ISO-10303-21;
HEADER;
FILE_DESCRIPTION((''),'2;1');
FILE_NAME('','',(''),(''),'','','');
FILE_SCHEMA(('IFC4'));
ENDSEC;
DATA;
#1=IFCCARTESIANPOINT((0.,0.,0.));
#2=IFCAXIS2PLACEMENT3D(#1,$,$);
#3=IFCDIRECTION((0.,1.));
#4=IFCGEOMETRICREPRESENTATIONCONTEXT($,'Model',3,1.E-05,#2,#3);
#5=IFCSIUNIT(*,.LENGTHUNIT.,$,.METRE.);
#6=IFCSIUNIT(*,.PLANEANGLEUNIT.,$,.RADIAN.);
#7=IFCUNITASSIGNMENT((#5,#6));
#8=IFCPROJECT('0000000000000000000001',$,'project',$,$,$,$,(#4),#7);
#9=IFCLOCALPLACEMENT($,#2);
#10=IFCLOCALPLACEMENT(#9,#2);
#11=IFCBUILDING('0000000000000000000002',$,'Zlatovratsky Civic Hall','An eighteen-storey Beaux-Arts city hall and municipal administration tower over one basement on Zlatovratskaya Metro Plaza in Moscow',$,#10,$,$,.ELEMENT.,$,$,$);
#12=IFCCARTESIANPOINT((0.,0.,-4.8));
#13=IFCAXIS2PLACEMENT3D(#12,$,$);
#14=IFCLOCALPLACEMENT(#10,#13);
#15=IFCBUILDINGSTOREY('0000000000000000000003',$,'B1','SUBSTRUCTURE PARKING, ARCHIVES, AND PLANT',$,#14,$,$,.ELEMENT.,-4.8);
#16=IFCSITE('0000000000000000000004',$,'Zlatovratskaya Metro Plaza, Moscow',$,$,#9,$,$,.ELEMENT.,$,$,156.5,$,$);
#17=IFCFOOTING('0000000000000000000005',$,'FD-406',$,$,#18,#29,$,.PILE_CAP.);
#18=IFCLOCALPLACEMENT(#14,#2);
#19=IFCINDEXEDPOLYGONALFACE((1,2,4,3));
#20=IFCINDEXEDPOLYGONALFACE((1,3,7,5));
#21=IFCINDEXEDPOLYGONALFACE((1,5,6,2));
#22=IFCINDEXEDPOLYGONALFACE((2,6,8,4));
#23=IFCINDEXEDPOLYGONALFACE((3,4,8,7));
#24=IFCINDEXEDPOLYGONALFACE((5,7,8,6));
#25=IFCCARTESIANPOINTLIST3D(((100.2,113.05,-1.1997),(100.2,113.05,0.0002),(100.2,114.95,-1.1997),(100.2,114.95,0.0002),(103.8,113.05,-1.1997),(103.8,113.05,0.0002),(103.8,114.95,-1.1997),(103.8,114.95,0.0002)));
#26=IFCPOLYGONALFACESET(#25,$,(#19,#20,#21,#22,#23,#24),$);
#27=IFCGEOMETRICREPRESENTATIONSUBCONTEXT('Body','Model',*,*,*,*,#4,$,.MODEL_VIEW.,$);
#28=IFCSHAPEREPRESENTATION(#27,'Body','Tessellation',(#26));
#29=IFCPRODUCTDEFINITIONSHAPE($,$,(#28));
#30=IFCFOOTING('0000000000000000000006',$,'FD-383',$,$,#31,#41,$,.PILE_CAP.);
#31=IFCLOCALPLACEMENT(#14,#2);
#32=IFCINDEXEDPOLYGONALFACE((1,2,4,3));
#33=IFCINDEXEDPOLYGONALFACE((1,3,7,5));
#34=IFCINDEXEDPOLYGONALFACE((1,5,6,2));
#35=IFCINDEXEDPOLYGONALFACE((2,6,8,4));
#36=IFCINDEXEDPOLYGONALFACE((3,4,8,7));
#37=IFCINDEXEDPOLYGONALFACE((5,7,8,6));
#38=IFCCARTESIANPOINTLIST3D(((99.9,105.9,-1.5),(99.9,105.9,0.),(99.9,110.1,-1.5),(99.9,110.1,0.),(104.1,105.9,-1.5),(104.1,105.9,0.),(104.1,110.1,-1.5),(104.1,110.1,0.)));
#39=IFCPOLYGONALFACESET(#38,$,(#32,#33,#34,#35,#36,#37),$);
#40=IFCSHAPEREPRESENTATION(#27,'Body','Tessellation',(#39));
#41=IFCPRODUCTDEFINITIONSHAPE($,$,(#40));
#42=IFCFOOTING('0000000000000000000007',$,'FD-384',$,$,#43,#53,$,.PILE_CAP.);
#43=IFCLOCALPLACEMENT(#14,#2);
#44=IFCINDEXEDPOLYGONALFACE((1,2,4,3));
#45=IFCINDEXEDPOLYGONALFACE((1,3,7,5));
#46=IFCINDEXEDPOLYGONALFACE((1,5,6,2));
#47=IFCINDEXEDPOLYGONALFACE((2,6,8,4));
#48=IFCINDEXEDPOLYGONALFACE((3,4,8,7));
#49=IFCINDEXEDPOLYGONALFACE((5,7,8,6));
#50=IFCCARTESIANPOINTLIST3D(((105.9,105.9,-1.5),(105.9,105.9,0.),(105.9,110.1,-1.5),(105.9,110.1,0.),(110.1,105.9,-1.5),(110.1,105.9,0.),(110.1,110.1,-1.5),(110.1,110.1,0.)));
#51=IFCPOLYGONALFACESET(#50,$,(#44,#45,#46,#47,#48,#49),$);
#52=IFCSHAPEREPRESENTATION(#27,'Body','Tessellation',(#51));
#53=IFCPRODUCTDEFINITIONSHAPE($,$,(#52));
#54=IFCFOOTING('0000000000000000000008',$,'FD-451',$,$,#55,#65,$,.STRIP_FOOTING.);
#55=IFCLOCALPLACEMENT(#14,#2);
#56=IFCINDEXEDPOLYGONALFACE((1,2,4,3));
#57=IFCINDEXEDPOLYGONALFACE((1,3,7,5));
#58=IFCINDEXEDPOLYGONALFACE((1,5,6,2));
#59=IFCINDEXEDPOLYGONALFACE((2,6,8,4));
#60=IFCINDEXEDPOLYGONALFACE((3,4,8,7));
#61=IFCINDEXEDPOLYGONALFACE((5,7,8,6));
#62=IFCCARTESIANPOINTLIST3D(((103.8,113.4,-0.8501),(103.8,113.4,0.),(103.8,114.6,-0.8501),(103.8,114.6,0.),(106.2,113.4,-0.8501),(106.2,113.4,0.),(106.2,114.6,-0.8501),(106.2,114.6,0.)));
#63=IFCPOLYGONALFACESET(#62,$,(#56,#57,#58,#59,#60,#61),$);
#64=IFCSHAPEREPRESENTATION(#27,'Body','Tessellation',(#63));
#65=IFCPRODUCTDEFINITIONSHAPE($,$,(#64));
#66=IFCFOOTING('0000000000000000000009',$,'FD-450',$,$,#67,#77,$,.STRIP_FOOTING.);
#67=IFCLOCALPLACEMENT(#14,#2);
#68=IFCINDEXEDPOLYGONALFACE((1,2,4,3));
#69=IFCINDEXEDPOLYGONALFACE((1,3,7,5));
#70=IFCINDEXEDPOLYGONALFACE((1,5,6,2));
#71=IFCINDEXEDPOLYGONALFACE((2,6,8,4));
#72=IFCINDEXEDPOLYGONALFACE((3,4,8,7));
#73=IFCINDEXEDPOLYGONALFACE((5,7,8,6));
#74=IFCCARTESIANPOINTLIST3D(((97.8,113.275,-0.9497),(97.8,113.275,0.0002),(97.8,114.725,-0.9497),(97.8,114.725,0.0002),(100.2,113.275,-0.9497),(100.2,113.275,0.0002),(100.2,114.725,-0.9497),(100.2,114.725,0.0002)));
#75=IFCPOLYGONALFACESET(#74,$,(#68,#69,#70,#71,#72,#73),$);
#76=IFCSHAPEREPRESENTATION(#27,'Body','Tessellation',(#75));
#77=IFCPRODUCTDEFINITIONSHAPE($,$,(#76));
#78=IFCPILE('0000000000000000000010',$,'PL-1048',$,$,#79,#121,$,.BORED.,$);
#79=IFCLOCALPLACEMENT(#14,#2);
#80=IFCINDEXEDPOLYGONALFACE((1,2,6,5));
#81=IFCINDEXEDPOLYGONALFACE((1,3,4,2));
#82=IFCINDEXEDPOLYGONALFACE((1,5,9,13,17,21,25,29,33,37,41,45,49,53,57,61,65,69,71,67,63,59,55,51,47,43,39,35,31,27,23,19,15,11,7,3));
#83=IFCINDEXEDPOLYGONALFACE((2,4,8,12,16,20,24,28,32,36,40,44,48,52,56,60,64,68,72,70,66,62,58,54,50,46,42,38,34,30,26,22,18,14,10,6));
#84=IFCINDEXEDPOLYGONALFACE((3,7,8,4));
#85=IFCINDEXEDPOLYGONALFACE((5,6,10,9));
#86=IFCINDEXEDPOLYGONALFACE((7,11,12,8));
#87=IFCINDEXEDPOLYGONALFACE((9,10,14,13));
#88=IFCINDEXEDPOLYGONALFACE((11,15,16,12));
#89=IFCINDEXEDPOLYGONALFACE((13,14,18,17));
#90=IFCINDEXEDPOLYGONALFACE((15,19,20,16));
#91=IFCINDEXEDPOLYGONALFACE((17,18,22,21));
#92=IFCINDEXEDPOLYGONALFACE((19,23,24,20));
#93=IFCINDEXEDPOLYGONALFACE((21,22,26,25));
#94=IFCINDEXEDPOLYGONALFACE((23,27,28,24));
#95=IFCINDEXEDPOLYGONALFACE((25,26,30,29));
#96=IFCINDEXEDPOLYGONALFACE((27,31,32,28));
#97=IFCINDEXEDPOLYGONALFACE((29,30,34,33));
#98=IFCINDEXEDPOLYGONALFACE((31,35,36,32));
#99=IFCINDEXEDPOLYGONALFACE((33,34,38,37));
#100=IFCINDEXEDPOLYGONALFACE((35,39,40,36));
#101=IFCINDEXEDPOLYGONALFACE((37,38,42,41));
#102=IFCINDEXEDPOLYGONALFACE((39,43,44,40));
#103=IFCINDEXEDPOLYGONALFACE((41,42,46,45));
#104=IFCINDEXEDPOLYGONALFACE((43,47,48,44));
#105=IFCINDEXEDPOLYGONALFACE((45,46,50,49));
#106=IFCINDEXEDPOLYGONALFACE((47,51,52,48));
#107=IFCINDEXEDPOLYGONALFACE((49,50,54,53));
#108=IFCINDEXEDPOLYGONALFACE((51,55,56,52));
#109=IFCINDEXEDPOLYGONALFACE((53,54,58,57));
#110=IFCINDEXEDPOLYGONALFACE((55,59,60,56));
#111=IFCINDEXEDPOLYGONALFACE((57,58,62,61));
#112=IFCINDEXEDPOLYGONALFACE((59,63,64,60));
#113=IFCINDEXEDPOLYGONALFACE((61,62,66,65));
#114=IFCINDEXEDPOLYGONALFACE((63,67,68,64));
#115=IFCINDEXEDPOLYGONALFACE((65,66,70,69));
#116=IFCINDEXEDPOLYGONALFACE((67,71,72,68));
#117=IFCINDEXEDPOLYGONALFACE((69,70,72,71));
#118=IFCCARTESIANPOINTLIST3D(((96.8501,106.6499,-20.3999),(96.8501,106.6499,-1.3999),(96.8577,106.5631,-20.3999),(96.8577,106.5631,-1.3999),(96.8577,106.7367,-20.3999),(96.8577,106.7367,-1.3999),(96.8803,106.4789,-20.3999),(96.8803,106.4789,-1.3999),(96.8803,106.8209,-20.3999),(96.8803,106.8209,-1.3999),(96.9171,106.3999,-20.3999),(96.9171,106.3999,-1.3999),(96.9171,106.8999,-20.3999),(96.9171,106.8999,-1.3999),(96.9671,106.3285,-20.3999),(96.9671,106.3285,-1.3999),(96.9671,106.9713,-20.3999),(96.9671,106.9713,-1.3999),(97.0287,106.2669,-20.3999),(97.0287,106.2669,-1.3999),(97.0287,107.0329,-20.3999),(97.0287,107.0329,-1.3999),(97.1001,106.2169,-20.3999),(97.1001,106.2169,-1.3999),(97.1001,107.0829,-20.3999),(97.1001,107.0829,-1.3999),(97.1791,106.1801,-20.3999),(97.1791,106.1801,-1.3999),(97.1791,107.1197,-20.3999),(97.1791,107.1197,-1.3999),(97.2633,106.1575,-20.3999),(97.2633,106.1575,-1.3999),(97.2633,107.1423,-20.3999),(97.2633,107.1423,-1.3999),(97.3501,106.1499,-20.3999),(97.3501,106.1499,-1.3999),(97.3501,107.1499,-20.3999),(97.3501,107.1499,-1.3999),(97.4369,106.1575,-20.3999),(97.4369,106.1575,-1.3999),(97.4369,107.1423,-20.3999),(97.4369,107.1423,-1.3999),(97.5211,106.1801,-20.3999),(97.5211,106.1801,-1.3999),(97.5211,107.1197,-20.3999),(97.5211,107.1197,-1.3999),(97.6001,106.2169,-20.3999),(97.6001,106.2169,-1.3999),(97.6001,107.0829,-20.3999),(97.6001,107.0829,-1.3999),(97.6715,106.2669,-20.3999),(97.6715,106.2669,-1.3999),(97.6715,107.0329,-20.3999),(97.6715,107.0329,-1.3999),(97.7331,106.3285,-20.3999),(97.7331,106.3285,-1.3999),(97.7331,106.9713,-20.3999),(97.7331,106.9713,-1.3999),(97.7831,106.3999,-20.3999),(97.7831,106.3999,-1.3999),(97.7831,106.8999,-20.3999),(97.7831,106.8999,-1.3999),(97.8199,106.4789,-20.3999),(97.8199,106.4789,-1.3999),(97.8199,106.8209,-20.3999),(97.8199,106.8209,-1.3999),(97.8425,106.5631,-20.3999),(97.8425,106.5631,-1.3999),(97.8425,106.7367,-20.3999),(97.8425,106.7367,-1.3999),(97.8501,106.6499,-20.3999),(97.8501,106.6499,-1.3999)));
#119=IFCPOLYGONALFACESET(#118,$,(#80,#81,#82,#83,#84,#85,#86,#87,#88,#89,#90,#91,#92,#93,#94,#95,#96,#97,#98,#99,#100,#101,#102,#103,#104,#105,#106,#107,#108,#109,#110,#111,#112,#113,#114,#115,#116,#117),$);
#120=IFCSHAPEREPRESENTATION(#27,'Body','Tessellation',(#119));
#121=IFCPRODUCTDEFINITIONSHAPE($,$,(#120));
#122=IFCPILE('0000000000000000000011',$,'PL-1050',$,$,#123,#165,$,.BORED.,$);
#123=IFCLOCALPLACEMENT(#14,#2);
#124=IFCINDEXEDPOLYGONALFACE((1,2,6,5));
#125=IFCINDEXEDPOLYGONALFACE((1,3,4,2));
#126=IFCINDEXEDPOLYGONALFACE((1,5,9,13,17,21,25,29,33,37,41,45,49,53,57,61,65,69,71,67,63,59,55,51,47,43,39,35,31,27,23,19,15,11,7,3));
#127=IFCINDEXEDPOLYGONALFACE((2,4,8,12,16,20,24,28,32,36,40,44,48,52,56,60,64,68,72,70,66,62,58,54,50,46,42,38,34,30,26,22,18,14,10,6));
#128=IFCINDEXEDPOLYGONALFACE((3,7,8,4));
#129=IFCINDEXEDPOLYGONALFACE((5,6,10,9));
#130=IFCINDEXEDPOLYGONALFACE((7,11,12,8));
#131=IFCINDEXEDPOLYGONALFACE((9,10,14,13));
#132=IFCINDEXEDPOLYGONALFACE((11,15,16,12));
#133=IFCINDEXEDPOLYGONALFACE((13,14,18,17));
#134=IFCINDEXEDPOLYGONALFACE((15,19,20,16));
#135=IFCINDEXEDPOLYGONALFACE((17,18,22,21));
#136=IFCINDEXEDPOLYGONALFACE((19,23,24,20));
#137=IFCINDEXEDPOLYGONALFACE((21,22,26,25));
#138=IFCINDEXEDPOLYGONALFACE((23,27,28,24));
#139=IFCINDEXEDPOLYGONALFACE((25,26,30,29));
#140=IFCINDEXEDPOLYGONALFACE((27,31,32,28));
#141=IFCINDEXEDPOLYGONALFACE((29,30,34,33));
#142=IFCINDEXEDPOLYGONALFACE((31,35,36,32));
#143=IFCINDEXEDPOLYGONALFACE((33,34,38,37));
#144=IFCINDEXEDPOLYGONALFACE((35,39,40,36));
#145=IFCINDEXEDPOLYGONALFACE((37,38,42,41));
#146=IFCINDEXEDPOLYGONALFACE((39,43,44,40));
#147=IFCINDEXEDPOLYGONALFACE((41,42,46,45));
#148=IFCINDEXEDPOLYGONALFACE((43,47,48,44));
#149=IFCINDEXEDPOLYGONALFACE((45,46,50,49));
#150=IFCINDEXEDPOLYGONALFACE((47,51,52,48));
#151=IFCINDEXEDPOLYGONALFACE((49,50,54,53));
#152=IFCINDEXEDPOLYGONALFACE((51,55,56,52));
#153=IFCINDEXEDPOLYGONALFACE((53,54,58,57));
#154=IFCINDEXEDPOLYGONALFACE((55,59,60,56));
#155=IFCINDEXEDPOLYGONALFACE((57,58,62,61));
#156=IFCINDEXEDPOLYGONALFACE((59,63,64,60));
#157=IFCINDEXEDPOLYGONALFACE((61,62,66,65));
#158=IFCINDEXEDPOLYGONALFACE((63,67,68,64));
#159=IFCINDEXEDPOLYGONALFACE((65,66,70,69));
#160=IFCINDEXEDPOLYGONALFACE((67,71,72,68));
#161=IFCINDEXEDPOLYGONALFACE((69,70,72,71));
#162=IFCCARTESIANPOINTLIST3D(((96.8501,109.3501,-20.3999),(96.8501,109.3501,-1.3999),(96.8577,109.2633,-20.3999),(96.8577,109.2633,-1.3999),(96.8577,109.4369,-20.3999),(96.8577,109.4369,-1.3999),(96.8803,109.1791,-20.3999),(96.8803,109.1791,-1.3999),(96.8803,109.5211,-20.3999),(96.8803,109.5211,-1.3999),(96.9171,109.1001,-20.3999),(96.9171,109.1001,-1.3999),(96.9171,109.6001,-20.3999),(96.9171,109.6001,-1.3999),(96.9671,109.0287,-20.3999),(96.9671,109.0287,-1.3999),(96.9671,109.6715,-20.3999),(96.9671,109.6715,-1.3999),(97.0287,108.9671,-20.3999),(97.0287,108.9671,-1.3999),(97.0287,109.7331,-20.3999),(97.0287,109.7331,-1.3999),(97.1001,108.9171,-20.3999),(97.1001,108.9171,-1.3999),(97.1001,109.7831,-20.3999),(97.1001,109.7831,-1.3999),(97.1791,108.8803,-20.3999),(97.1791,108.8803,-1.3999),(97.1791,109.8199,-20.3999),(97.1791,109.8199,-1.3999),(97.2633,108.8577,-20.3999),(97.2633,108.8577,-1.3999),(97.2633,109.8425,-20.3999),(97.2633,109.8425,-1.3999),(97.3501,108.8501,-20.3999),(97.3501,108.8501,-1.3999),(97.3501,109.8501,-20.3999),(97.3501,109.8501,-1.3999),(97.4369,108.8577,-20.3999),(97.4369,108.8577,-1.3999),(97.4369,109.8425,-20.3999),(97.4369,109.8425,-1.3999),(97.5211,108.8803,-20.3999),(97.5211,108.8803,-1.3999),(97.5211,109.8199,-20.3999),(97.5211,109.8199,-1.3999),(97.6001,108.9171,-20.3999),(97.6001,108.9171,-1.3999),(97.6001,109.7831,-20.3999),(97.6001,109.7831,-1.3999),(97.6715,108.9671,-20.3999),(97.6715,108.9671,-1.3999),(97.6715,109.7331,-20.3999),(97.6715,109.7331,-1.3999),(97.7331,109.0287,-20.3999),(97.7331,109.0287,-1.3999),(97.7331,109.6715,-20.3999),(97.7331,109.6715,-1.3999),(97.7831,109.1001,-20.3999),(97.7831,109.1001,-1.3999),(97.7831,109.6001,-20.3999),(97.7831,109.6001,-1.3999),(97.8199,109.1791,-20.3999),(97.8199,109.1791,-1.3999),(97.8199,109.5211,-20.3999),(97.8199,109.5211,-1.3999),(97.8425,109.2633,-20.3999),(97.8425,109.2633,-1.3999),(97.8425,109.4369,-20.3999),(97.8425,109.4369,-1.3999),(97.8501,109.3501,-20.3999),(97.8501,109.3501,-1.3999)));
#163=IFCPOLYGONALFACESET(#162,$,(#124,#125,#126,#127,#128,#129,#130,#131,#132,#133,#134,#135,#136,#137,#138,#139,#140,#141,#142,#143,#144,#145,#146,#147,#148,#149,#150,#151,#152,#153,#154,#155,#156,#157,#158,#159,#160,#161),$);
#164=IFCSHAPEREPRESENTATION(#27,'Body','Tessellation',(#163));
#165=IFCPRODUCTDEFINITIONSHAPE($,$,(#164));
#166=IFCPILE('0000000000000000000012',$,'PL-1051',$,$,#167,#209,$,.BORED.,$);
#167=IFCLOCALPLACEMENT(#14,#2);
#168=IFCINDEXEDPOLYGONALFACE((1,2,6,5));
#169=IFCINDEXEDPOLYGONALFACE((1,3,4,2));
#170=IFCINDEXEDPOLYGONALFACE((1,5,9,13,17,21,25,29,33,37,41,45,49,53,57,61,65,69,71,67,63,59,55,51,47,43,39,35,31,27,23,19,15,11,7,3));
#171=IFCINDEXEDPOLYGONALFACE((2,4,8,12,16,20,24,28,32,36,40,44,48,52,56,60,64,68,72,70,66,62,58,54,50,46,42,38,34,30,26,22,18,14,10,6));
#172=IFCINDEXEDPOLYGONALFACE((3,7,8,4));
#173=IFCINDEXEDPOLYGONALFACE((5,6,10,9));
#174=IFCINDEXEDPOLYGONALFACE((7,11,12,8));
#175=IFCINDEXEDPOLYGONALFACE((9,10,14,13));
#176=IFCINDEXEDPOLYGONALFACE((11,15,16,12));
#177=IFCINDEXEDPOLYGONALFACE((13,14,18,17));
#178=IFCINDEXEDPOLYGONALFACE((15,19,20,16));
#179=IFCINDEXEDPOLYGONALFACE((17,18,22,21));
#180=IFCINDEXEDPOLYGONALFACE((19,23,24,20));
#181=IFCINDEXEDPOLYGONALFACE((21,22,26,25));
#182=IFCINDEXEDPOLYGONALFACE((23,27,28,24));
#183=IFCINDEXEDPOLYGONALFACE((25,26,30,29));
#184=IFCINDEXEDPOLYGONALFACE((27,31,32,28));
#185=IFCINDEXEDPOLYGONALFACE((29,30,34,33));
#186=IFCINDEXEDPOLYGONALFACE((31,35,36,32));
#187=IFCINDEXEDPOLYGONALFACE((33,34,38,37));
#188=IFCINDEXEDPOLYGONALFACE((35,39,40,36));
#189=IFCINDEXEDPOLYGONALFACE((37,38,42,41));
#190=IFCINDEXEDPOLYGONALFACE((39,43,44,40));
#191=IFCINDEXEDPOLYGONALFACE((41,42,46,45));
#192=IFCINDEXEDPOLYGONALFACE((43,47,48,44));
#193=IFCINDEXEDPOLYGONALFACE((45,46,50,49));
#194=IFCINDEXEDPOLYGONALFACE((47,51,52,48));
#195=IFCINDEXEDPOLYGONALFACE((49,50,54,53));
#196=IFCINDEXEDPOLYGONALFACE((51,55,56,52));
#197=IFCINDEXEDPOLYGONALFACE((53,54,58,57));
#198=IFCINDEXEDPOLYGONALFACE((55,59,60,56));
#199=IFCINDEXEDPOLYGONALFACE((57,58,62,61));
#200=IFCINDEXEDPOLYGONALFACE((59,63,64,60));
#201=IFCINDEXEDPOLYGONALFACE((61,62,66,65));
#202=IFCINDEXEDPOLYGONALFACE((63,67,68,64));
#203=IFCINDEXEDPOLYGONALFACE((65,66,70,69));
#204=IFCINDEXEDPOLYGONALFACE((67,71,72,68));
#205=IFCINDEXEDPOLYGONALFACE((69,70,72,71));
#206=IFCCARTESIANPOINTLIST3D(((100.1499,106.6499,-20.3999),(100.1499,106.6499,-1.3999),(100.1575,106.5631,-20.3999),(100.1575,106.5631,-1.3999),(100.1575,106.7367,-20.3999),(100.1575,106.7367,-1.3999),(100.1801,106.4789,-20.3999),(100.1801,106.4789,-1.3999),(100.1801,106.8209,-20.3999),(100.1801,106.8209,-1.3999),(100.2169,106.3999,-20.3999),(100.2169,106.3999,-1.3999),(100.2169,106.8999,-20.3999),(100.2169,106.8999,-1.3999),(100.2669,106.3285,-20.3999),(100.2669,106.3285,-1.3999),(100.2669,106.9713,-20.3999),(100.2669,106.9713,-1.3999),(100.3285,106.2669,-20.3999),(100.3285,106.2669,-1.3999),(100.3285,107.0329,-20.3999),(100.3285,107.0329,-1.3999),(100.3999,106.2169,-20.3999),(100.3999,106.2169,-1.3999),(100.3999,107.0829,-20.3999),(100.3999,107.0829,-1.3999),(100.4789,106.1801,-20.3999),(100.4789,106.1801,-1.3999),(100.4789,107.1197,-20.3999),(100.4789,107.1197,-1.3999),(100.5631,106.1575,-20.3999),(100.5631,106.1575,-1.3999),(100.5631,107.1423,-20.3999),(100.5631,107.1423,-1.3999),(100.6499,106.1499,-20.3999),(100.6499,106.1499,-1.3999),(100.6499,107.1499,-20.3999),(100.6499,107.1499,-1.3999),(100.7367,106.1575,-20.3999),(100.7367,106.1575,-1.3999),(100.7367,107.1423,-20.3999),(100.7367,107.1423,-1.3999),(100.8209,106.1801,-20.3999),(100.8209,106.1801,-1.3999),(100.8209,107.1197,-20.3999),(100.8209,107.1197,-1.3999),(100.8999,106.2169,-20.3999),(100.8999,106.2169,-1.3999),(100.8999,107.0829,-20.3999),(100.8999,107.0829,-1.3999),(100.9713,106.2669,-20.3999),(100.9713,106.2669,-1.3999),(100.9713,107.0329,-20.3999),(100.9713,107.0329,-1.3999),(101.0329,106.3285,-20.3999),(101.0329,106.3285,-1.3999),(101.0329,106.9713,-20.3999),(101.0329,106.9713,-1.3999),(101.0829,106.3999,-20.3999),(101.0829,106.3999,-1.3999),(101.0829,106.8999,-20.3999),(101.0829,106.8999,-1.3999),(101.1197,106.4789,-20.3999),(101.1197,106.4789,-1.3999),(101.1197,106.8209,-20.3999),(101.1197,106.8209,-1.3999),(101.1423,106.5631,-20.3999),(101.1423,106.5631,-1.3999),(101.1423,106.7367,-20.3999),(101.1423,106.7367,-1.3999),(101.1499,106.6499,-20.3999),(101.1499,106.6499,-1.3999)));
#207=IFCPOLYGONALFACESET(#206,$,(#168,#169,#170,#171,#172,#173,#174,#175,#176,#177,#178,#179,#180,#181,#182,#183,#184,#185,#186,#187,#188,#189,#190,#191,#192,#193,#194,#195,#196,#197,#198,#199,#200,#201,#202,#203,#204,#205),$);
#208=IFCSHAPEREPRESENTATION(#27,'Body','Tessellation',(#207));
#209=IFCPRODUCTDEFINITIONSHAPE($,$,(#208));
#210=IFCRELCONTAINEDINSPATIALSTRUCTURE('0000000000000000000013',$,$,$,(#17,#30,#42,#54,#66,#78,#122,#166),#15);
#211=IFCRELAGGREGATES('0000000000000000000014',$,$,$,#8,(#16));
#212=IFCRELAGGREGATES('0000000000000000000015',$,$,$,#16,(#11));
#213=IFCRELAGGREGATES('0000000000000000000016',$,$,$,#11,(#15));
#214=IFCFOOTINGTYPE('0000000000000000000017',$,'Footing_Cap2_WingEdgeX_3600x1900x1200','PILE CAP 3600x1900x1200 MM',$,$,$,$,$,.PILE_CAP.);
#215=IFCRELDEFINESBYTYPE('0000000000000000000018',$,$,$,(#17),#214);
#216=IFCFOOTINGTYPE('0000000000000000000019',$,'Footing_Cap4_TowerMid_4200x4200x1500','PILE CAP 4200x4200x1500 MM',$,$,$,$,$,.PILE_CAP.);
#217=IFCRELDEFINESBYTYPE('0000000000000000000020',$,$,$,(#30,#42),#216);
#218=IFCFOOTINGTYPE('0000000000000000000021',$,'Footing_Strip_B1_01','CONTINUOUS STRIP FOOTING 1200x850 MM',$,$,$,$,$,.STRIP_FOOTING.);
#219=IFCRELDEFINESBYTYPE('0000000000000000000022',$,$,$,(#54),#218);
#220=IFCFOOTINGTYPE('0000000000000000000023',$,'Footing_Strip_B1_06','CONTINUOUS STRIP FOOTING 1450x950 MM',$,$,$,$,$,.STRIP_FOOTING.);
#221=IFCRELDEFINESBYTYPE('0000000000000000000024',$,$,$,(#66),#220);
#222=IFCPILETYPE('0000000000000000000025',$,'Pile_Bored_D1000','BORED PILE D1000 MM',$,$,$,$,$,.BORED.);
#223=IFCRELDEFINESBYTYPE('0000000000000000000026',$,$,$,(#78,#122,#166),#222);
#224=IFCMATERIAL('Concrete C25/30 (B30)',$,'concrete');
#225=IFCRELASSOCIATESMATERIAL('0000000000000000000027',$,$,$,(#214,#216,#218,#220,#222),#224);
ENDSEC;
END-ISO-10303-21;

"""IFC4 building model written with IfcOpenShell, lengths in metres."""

from ifc_helpers import new_model, si_unit, direction, frame, origin, origin_2d, place, context, subcontext, project, spatial, rectangle, circle, extrude, material, material_profile, profile_set, type_object, element, save


model = new_model("IFC4")

# Units and contexts
model_context = context("Model", 3, precision=1e-05, world=origin(), true_north=direction((0.0, 1.0)))
body_context = subcontext(model_context, "Body", "Model", "MODEL_VIEW")
ifc_project = project(units=[si_unit("LENGTHUNIT", "METRE"), si_unit("PLANEANGLEUNIT", "RADIAN")], contexts=[model_context])

# Site, building, storey
site_placement = place(None, origin())
site = spatial("IfcSite", under=ifc_project, at=site_placement, Name="Zlatovratskaya Metro Plaza, Moscow", CompositionType="ELEMENT", RefElevation=156.5)
building_placement = place(site_placement, origin())
building = spatial("IfcBuilding", under=site, at=building_placement, Name="Zlatovratsky Civic Hall", Description="An eighteen-storey Beaux-Arts city hall and municipal administration tower over one basement on Zlatovratskaya Metro Plaza in Moscow", CompositionType="ELEMENT")
storey_placement = place(building_placement, frame((0.0, 0.0, -4.8)))
storey = spatial("IfcBuildingStorey", under=building, at=storey_placement, Name="B1", Description="SUBSTRUCTURE PARKING, ARCHIVES, AND PLANT", CompositionType="ELEMENT", Elevation=-4.8)

# Footings
ifc_material_1 = material(Name="Concrete C25/30 (B30)", Category="concrete")
footing_type_1 = type_object("IfcFootingType", Name="Footing_Cap2_WingEdgeX_3600x1900x1200", Description="PILE CAP 3600x1900x1200 MM", PredefinedType="PILE_CAP", material=ifc_material_1)
footing_1_placement = place(storey_placement, frame((102.0, 114.0, -1.1997), z_axis=(0.0, 0.0, 1.0), x_axis=(1.0, 0.0, 0.0)))
element("IfcFooting", 1, at=footing_1_placement, inside=storey, type_object=footing_type_1, Name="FD-406", PredefinedType="PILE_CAP", context=body_context, shape_type="SweptSolid", body=[
    extrude(rectangle(XDim=3.6001, YDim=1.8999, at=origin_2d()), origin(), (0.0, 0.0, 1.0), 1.2),
])
footing_type_2 = type_object("IfcFootingType", Name="Footing_Cap4_TowerMid_4200x4200x1500", Description="PILE CAP 4200x4200x1500 MM", PredefinedType="PILE_CAP", material=ifc_material_1)
for number, where, z_axis, x_axis, name in (
    (2, (102.0, 108.0, -1.5), (0.0, 0.0, 1.0), (1.0, 0.0, 0.0), "FD-383"),
    (3, (108.0, 108.0, -1.5), (0.0, 0.0, 1.0), (1.0, 0.0, 0.0), "FD-384"),
):
    element("IfcFooting", number, at=place(storey_placement, frame(where, z_axis=z_axis, x_axis=x_axis)), inside=storey, type_object=footing_type_2, Name=name, PredefinedType="PILE_CAP", context=body_context, shape_type="SweptSolid", body=[
        extrude(rectangle(XDim=4.2, YDim=4.2, at=origin_2d()), origin(), (0.0, 0.0, 1.0), 1.5),
    ])
footing_type_3 = type_object("IfcFootingType", Name="Footing_Strip_B1_01", Description="CONTINUOUS STRIP FOOTING 1200x850 MM", PredefinedType="STRIP_FOOTING", material=ifc_material_1)
footing_2_placement = place(storey_placement, frame((105.0, 114.0, -0.8501), z_axis=(0.0, 0.0, 1.0), x_axis=(1.0, 0.0, 0.0)))
element("IfcFooting", 4, at=footing_2_placement, inside=storey, type_object=footing_type_3, Name="FD-451", PredefinedType="STRIP_FOOTING", context=body_context, shape_type="SweptSolid", body=[
    extrude(rectangle(XDim=2.3999, YDim=1.2, at=origin_2d()), origin(), (0.0, 0.0, 1.0), 0.8501),
])
footing_type_4 = type_object("IfcFootingType", Name="Footing_Strip_B1_06", Description="CONTINUOUS STRIP FOOTING 1450x950 MM", PredefinedType="STRIP_FOOTING", material=ifc_material_1)
footing_3_placement = place(storey_placement, frame((99.0, 114.0, -0.9497), z_axis=(0.0, 0.0, 1.0), x_axis=(1.0, 0.0, 0.0)))
element("IfcFooting", 5, at=footing_3_placement, inside=storey, type_object=footing_type_4, Name="FD-450", PredefinedType="STRIP_FOOTING", context=body_context, shape_type="SweptSolid", body=[
    extrude(rectangle(XDim=2.3999, YDim=1.45, at=origin_2d()), origin(), (0.0, 0.0, 1.0), 0.95),
])

# Piles
ifc_material_profile_1 = material_profile(ifc_material_1, circle(Radius=0.5, at=origin_2d()), Name="PILE D1000")
ifc_profile_set_1 = profile_set([ifc_material_profile_1], Name="Concrete C25/30 (B30)")
pile_type_1 = type_object("IfcPileType", Name="Pile_Bored_D1000", Description="BORED PILE D1000 MM", PredefinedType="BORED", material=ifc_profile_set_1)
for number, where, z_axis, x_axis, name in (
    (6, (97.3501, 106.6499, -1.3999), (0.0, 0.0, -1.0), (1.0, 0.0, 0.0), "PL-1048"),
    (7, (97.3501, 109.3501, -1.3999), (0.0, 0.0, -1.0), (1.0, 0.0, 0.0), "PL-1050"),
    (8, (100.6499, 106.6499, -1.3999), (0.0, 0.0, -1.0), (1.0, 0.0, 0.0), "PL-1051"),
):
    element("IfcPile", number, at=place(storey_placement, frame(where, z_axis=z_axis, x_axis=x_axis)), inside=storey, type_object=pile_type_1, Name=name, PredefinedType="BORED", context=body_context, shape_type="SweptSolid", body=[
        extrude(circle(Radius=0.5, at=origin_2d()), origin(), (0.0, 0.0, 1.0), 19.0),
    ])

save(model, "model.ifc")
